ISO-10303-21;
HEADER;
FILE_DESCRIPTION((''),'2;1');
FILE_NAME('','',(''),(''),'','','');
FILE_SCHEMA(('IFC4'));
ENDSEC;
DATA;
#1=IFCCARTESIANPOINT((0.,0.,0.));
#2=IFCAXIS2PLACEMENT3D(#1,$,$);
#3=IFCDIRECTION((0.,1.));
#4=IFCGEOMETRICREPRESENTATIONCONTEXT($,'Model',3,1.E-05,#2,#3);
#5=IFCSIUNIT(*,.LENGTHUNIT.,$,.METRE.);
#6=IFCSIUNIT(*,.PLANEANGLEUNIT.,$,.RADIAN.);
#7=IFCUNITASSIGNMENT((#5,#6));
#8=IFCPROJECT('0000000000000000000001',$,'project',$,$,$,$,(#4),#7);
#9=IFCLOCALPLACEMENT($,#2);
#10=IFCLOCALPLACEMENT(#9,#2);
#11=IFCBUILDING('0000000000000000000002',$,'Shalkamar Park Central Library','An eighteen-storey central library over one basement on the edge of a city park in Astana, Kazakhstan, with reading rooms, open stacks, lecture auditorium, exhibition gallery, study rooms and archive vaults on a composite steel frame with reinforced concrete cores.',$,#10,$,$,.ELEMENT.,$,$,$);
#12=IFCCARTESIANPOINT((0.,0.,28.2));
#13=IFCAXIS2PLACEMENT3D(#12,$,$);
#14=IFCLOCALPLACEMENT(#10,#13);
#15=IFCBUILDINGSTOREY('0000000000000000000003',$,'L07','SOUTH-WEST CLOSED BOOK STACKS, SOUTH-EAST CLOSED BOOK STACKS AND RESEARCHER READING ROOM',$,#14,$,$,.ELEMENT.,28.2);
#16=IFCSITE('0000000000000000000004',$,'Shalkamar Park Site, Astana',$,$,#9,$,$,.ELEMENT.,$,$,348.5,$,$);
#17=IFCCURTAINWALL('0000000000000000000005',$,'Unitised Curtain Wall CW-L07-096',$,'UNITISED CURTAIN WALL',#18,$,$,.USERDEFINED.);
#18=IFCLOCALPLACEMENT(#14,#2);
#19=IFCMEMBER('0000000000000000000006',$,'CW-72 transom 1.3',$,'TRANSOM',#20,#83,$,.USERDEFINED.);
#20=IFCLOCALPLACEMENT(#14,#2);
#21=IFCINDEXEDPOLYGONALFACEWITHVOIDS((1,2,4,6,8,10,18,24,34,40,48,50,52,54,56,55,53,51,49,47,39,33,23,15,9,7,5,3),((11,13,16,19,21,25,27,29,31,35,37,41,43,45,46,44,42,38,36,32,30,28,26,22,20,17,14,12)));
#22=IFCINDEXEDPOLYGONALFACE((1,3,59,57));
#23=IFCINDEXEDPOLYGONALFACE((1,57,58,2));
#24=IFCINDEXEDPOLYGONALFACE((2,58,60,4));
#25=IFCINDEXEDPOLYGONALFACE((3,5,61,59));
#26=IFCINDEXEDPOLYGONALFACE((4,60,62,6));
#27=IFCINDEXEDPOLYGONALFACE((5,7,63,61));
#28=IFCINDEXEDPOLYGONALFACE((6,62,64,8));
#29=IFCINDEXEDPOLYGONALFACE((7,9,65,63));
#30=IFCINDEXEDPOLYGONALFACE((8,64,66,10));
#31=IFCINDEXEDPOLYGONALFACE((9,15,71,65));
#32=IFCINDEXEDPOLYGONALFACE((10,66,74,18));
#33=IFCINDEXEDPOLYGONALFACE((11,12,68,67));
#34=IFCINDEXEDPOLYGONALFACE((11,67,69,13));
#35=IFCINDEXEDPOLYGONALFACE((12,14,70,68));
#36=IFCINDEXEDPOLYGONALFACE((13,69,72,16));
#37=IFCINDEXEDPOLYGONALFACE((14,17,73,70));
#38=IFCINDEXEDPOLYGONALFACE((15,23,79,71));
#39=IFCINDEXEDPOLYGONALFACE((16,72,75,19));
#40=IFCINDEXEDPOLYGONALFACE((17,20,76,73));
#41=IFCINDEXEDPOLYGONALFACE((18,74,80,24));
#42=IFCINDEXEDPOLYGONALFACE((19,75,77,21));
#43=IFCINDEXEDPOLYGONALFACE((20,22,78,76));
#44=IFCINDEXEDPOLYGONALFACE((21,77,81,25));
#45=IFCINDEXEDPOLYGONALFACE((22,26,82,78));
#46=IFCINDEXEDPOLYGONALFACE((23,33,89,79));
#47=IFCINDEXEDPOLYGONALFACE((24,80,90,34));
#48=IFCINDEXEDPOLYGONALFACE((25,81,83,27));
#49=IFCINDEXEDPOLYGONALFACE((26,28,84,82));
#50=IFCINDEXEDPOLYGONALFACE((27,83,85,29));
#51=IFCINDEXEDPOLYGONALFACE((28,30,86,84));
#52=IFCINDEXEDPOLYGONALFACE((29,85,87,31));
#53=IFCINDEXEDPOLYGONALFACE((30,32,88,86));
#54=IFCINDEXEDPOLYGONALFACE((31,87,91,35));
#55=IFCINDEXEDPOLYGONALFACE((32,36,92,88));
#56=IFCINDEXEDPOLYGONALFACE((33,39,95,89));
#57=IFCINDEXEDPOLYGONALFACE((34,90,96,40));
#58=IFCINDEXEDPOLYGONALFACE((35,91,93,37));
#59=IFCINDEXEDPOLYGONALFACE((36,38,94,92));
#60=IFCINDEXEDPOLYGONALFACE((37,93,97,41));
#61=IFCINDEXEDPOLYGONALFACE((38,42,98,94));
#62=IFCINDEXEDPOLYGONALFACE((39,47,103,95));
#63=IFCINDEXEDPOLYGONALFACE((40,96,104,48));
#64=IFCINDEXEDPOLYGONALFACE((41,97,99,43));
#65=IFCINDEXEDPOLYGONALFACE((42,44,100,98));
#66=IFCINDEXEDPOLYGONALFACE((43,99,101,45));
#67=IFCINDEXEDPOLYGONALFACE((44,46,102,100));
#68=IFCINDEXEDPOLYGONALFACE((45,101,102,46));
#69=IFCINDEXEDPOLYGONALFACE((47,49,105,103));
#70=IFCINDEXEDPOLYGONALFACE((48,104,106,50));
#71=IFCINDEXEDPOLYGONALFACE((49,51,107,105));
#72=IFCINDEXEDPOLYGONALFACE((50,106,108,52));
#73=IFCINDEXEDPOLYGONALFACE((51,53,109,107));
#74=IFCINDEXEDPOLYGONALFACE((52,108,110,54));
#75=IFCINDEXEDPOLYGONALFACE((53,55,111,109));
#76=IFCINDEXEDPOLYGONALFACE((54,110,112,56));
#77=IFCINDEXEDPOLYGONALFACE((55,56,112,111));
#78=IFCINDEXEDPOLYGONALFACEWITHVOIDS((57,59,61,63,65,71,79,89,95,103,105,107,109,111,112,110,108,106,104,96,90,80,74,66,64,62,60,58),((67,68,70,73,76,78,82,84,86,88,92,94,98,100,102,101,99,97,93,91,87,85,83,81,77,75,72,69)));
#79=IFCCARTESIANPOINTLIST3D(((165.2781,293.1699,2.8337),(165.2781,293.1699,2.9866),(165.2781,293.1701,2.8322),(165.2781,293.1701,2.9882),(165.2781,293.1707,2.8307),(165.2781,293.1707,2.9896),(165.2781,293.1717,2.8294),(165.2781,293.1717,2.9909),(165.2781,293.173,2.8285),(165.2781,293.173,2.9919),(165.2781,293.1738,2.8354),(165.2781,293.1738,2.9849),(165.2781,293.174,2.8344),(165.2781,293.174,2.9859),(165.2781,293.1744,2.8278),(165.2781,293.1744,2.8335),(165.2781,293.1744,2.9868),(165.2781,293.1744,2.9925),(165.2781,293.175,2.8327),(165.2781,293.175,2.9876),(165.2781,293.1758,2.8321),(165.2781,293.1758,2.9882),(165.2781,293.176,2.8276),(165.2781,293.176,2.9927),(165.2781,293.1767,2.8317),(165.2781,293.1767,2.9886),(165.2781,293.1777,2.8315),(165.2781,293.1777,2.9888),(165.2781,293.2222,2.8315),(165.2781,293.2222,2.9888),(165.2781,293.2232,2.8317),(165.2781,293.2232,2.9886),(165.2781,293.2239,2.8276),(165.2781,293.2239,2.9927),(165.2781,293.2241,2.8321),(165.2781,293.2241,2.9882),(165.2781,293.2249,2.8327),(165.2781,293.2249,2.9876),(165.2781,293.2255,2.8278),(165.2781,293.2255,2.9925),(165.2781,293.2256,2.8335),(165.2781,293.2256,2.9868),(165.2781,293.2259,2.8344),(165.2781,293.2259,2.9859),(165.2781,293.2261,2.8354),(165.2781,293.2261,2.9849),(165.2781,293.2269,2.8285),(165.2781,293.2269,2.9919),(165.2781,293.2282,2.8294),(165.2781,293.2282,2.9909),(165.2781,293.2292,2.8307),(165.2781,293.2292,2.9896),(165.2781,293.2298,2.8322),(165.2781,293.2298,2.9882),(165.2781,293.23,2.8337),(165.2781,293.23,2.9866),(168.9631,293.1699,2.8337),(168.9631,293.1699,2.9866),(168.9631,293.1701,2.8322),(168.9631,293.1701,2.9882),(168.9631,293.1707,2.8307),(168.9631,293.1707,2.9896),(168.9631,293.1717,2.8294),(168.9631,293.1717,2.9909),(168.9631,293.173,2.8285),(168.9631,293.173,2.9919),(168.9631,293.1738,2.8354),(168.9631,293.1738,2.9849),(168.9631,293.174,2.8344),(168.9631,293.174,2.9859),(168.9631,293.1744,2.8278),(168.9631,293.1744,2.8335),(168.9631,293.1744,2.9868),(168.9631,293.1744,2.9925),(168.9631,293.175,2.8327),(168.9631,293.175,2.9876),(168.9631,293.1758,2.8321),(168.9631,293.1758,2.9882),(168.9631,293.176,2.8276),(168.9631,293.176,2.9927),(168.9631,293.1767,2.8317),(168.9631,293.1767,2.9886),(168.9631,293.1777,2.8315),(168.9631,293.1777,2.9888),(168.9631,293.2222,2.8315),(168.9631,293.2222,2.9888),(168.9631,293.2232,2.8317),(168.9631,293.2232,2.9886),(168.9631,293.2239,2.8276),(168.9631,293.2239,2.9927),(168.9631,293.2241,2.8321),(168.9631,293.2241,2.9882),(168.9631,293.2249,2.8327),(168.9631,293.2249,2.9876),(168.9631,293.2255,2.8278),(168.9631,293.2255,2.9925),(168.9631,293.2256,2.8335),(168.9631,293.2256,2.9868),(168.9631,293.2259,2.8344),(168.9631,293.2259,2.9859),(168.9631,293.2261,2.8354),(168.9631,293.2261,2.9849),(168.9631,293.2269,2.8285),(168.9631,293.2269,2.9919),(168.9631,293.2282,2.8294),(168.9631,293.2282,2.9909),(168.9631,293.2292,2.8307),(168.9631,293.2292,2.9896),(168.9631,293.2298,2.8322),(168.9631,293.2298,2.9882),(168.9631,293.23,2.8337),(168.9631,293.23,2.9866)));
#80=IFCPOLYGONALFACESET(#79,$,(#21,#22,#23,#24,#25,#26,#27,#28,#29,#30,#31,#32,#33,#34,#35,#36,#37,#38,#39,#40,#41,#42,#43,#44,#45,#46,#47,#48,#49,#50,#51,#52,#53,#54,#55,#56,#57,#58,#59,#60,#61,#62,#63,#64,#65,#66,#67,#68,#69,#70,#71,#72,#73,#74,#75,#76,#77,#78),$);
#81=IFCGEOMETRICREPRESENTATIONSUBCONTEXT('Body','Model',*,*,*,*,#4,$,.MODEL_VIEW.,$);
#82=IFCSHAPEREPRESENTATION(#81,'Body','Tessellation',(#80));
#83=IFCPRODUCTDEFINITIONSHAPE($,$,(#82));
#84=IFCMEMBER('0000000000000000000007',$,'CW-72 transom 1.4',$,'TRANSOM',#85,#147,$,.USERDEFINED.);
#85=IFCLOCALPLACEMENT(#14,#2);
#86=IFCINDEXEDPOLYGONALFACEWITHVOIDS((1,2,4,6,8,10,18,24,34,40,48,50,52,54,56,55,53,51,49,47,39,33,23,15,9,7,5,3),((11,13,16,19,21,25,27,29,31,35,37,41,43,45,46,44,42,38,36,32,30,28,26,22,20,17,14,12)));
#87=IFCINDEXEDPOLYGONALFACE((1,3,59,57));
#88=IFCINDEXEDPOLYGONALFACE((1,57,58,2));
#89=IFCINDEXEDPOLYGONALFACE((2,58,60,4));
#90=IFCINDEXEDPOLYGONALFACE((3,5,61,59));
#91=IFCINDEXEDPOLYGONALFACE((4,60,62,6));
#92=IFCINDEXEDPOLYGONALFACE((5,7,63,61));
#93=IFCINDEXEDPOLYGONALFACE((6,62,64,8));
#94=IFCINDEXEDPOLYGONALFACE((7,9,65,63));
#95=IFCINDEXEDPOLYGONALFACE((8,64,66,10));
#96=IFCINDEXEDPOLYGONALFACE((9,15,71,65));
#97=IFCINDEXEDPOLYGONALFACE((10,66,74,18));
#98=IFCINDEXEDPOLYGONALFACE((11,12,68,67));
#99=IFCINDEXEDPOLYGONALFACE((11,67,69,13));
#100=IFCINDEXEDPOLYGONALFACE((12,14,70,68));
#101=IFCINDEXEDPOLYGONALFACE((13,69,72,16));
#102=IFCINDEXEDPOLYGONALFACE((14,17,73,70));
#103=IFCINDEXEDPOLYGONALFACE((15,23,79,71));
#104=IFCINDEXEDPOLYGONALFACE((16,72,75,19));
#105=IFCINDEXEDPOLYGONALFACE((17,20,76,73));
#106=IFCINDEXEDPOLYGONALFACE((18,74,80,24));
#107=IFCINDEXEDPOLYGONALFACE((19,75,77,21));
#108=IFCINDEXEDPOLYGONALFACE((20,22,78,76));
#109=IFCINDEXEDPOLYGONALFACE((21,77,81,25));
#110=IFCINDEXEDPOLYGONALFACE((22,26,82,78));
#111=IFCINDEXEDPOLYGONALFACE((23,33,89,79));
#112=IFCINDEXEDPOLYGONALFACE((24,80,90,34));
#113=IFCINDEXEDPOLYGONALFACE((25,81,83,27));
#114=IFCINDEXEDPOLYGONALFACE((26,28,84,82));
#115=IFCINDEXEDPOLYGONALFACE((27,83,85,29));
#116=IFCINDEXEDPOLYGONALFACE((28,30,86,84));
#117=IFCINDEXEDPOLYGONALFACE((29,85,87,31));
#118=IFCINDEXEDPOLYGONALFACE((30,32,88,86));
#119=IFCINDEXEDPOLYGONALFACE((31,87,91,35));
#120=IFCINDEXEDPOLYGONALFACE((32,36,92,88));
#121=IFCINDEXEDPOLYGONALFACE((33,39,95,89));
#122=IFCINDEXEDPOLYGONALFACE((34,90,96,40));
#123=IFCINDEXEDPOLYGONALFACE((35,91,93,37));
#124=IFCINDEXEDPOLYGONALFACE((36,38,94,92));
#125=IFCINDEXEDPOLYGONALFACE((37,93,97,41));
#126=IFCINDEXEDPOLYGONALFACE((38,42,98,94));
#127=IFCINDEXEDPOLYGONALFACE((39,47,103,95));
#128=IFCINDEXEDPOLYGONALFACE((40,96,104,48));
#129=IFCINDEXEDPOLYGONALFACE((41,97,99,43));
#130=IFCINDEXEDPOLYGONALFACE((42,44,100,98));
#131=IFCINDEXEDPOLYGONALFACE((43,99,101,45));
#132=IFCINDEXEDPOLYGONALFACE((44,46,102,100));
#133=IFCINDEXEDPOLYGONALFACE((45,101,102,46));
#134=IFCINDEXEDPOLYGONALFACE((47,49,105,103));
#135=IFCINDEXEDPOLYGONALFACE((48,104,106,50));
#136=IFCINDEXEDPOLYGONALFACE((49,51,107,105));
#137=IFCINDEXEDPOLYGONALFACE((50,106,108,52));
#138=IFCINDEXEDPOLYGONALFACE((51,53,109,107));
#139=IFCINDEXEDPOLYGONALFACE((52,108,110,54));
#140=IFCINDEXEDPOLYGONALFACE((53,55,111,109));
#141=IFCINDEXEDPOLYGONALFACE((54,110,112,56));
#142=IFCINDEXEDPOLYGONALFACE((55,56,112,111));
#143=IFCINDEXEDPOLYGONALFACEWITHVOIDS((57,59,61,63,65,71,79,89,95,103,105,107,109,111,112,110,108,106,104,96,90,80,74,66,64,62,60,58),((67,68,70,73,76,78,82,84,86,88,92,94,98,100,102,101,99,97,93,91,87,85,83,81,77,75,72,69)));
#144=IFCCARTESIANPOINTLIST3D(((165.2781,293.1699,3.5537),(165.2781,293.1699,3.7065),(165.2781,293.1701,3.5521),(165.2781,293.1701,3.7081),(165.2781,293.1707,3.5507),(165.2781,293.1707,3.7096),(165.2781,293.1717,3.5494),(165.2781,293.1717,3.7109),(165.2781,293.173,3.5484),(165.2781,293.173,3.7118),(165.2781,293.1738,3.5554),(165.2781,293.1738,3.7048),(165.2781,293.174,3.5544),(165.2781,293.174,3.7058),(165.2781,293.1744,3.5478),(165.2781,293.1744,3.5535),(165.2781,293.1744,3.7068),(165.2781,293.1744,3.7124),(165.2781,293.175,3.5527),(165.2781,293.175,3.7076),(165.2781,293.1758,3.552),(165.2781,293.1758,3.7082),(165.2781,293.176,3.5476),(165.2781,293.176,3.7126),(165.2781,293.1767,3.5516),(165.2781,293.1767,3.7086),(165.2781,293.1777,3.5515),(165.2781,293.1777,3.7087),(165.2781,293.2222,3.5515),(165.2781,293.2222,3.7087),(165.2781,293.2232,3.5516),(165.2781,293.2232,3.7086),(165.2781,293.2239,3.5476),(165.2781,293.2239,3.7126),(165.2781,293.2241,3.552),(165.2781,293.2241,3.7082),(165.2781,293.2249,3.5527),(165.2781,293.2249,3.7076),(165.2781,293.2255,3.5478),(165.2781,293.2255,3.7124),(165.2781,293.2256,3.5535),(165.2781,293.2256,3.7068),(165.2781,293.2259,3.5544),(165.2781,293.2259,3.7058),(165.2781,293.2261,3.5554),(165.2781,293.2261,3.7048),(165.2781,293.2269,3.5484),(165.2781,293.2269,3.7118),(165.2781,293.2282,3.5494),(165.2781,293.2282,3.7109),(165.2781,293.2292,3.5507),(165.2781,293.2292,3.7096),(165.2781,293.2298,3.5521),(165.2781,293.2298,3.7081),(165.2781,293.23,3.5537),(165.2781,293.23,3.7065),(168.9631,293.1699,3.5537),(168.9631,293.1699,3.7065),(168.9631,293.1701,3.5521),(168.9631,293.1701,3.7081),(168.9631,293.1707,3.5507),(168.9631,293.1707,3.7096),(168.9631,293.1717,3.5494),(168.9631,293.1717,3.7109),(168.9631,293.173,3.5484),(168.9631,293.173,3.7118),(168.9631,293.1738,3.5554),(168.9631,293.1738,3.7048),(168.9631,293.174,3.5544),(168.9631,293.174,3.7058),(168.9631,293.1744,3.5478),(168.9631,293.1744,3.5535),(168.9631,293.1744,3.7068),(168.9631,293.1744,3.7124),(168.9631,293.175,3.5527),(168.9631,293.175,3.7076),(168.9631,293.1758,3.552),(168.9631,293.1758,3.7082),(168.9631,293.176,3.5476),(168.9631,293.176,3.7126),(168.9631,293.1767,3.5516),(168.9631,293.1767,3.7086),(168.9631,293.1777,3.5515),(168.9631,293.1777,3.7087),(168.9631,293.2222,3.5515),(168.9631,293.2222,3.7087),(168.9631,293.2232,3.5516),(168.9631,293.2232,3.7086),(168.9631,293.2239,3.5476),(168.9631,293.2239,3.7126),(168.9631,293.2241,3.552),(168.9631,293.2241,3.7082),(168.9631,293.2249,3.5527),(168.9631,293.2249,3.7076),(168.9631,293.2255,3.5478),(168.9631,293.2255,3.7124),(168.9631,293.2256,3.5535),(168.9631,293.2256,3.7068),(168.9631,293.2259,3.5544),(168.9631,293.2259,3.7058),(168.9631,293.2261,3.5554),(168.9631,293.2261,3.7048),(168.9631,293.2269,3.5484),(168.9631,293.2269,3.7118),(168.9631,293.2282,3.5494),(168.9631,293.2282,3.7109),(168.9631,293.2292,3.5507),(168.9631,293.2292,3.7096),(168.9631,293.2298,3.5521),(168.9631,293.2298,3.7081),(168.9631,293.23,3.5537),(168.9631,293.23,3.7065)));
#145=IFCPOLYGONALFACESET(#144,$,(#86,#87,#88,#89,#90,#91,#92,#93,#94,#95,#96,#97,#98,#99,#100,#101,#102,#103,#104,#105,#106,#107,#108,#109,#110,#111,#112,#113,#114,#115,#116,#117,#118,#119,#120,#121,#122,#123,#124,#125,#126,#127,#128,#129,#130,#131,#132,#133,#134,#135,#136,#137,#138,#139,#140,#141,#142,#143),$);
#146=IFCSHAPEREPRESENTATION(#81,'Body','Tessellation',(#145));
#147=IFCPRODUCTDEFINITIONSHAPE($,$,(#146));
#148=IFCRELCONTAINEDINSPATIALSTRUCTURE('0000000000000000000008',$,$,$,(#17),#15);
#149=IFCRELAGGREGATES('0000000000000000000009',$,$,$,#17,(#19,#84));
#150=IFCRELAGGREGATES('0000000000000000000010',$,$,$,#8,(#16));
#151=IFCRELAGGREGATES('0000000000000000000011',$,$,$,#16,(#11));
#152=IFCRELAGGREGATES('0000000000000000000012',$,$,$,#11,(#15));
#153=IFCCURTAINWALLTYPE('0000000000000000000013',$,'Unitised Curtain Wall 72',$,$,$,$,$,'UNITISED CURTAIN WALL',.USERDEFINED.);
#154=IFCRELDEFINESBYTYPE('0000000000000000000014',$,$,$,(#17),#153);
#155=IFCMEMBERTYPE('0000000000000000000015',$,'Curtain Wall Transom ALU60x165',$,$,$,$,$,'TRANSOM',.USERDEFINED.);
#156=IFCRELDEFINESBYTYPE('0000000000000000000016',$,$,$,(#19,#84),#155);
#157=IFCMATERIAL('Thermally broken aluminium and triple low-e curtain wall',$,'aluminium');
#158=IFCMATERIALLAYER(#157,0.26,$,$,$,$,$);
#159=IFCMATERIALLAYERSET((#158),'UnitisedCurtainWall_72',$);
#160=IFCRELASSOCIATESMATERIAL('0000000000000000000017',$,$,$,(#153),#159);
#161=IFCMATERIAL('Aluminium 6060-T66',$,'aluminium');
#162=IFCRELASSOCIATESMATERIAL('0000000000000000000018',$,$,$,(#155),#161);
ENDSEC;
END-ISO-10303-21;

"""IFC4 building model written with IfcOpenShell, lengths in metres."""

from ifc_helpers import new_model, si_unit, direction, frame, origin, origin_2d, place, context, subcontext, project, spatial, hollow_rectangle, extrude, material, layer, layer_set, material_profile, profile_set, type_object, element, aggregate, save


model = new_model("IFC4")

# Units and contexts
model_context = context("Model", 3, precision=1e-05, world=origin(), true_north=direction((0.0, 1.0)))
body_context = subcontext(model_context, "Body", "Model", "MODEL_VIEW")
ifc_project = project(units=[si_unit("LENGTHUNIT", "METRE"), si_unit("PLANEANGLEUNIT", "RADIAN")], contexts=[model_context])

# Site, building, storey
site_placement = place(None, origin())
site = spatial("IfcSite", under=ifc_project, at=site_placement, Name="Shalkamar Park Site, Astana", CompositionType="ELEMENT", RefElevation=348.5)
building_placement = place(site_placement, origin())
building = spatial("IfcBuilding", under=site, at=building_placement, Name="Shalkamar Park Central Library", Description="An eighteen-storey central library over one basement on the edge of a city park in Astana, Kazakhstan, with reading rooms, open stacks, lecture auditorium, exhibition gallery, study rooms and archive vaults on a composite steel frame with reinforced concrete cores.", CompositionType="ELEMENT")
storey_placement = place(building_placement, frame((0.0, 0.0, 28.2)))
storey = spatial("IfcBuildingStorey", under=building, at=storey_placement, Name="L07", Description="SOUTH-WEST CLOSED BOOK STACKS, SOUTH-EAST CLOSED BOOK STACKS AND RESEARCHER READING ROOM", CompositionType="ELEMENT", Elevation=28.2)

# Curtain wall
ifc_material_1 = material(Name="Thermally broken aluminium and triple low-e curtain wall", Category="aluminium")
ifc_layer_1 = layer(ifc_material_1, 0.26)
ifc_layer_set_1 = layer_set([ifc_layer_1], Name="UnitisedCurtainWall_72")
curtain_wall_type_1 = type_object("IfcCurtainWallType", Name="Unitised Curtain Wall 72", ElementType="UNITISED CURTAIN WALL", PredefinedType="USERDEFINED", material=ifc_layer_set_1)
curtain_wall_1_placement = place(storey_placement, origin())
curtain_wall_1 = element("IfcCurtainWall", 1, at=curtain_wall_1_placement, inside=storey, type_object=curtain_wall_type_1, Name="Unitised Curtain Wall CW-L07-096", ObjectType="UNITISED CURTAIN WALL", PredefinedType="USERDEFINED")
ifc_material_2 = material(Name="Aluminium 6060-T66", Category="aluminium")

# Members
ifc_material_profile_1 = material_profile(ifc_material_2, hollow_rectangle(XDim=0.0601, YDim=0.165, WallThickness=0.0039, InnerFilletRadius=0.0039, OuterFilletRadius=0.0061, at=origin_2d()), Name="ALU 60x165x4")
ifc_profile_set_1 = profile_set([ifc_material_profile_1], Name="Aluminium 6060-T66")
member_type_1 = type_object("IfcMemberType", Name="Curtain Wall Transom ALU60x165", ElementType="TRANSOM", PredefinedType="USERDEFINED", material=ifc_profile_set_1)
member_1_placement = place(storey_placement, frame((165.2781, 293.2, 2.9102), z_axis=(1.0, 0.0, 0.0), x_axis=(0.0, 1.0, 0.0)))
member_1 = element("IfcMember", 2, at=member_1_placement, type_object=member_type_1, Name="CW-72 transom 1.3", ObjectType="TRANSOM", PredefinedType="USERDEFINED", context=body_context, shape_type="SweptSolid", body=[
    extrude(hollow_rectangle(XDim=0.0601, YDim=0.165, WallThickness=0.0039, InnerFilletRadius=0.0039, OuterFilletRadius=0.0061, at=origin_2d()), origin(), (0.0, 0.0, 1.0), 3.6851),
])
member_2_placement = place(storey_placement, frame((165.2781, 293.2, 3.6301), z_axis=(1.0, 0.0, 0.0), x_axis=(0.0, 1.0, 0.0)))
member_2 = element("IfcMember", 3, at=member_2_placement, type_object=member_type_1, Name="CW-72 transom 1.4", ObjectType="TRANSOM", PredefinedType="USERDEFINED", context=body_context, shape_type="SweptSolid", body=[
    extrude(hollow_rectangle(XDim=0.0601, YDim=0.165, WallThickness=0.0039, InnerFilletRadius=0.0039, OuterFilletRadius=0.0061, at=origin_2d()), origin(), (0.0, 0.0, 1.0), 3.6851),
])

aggregate(curtain_wall_1, [member_1, member_2])

save(model, "model.ifc")
